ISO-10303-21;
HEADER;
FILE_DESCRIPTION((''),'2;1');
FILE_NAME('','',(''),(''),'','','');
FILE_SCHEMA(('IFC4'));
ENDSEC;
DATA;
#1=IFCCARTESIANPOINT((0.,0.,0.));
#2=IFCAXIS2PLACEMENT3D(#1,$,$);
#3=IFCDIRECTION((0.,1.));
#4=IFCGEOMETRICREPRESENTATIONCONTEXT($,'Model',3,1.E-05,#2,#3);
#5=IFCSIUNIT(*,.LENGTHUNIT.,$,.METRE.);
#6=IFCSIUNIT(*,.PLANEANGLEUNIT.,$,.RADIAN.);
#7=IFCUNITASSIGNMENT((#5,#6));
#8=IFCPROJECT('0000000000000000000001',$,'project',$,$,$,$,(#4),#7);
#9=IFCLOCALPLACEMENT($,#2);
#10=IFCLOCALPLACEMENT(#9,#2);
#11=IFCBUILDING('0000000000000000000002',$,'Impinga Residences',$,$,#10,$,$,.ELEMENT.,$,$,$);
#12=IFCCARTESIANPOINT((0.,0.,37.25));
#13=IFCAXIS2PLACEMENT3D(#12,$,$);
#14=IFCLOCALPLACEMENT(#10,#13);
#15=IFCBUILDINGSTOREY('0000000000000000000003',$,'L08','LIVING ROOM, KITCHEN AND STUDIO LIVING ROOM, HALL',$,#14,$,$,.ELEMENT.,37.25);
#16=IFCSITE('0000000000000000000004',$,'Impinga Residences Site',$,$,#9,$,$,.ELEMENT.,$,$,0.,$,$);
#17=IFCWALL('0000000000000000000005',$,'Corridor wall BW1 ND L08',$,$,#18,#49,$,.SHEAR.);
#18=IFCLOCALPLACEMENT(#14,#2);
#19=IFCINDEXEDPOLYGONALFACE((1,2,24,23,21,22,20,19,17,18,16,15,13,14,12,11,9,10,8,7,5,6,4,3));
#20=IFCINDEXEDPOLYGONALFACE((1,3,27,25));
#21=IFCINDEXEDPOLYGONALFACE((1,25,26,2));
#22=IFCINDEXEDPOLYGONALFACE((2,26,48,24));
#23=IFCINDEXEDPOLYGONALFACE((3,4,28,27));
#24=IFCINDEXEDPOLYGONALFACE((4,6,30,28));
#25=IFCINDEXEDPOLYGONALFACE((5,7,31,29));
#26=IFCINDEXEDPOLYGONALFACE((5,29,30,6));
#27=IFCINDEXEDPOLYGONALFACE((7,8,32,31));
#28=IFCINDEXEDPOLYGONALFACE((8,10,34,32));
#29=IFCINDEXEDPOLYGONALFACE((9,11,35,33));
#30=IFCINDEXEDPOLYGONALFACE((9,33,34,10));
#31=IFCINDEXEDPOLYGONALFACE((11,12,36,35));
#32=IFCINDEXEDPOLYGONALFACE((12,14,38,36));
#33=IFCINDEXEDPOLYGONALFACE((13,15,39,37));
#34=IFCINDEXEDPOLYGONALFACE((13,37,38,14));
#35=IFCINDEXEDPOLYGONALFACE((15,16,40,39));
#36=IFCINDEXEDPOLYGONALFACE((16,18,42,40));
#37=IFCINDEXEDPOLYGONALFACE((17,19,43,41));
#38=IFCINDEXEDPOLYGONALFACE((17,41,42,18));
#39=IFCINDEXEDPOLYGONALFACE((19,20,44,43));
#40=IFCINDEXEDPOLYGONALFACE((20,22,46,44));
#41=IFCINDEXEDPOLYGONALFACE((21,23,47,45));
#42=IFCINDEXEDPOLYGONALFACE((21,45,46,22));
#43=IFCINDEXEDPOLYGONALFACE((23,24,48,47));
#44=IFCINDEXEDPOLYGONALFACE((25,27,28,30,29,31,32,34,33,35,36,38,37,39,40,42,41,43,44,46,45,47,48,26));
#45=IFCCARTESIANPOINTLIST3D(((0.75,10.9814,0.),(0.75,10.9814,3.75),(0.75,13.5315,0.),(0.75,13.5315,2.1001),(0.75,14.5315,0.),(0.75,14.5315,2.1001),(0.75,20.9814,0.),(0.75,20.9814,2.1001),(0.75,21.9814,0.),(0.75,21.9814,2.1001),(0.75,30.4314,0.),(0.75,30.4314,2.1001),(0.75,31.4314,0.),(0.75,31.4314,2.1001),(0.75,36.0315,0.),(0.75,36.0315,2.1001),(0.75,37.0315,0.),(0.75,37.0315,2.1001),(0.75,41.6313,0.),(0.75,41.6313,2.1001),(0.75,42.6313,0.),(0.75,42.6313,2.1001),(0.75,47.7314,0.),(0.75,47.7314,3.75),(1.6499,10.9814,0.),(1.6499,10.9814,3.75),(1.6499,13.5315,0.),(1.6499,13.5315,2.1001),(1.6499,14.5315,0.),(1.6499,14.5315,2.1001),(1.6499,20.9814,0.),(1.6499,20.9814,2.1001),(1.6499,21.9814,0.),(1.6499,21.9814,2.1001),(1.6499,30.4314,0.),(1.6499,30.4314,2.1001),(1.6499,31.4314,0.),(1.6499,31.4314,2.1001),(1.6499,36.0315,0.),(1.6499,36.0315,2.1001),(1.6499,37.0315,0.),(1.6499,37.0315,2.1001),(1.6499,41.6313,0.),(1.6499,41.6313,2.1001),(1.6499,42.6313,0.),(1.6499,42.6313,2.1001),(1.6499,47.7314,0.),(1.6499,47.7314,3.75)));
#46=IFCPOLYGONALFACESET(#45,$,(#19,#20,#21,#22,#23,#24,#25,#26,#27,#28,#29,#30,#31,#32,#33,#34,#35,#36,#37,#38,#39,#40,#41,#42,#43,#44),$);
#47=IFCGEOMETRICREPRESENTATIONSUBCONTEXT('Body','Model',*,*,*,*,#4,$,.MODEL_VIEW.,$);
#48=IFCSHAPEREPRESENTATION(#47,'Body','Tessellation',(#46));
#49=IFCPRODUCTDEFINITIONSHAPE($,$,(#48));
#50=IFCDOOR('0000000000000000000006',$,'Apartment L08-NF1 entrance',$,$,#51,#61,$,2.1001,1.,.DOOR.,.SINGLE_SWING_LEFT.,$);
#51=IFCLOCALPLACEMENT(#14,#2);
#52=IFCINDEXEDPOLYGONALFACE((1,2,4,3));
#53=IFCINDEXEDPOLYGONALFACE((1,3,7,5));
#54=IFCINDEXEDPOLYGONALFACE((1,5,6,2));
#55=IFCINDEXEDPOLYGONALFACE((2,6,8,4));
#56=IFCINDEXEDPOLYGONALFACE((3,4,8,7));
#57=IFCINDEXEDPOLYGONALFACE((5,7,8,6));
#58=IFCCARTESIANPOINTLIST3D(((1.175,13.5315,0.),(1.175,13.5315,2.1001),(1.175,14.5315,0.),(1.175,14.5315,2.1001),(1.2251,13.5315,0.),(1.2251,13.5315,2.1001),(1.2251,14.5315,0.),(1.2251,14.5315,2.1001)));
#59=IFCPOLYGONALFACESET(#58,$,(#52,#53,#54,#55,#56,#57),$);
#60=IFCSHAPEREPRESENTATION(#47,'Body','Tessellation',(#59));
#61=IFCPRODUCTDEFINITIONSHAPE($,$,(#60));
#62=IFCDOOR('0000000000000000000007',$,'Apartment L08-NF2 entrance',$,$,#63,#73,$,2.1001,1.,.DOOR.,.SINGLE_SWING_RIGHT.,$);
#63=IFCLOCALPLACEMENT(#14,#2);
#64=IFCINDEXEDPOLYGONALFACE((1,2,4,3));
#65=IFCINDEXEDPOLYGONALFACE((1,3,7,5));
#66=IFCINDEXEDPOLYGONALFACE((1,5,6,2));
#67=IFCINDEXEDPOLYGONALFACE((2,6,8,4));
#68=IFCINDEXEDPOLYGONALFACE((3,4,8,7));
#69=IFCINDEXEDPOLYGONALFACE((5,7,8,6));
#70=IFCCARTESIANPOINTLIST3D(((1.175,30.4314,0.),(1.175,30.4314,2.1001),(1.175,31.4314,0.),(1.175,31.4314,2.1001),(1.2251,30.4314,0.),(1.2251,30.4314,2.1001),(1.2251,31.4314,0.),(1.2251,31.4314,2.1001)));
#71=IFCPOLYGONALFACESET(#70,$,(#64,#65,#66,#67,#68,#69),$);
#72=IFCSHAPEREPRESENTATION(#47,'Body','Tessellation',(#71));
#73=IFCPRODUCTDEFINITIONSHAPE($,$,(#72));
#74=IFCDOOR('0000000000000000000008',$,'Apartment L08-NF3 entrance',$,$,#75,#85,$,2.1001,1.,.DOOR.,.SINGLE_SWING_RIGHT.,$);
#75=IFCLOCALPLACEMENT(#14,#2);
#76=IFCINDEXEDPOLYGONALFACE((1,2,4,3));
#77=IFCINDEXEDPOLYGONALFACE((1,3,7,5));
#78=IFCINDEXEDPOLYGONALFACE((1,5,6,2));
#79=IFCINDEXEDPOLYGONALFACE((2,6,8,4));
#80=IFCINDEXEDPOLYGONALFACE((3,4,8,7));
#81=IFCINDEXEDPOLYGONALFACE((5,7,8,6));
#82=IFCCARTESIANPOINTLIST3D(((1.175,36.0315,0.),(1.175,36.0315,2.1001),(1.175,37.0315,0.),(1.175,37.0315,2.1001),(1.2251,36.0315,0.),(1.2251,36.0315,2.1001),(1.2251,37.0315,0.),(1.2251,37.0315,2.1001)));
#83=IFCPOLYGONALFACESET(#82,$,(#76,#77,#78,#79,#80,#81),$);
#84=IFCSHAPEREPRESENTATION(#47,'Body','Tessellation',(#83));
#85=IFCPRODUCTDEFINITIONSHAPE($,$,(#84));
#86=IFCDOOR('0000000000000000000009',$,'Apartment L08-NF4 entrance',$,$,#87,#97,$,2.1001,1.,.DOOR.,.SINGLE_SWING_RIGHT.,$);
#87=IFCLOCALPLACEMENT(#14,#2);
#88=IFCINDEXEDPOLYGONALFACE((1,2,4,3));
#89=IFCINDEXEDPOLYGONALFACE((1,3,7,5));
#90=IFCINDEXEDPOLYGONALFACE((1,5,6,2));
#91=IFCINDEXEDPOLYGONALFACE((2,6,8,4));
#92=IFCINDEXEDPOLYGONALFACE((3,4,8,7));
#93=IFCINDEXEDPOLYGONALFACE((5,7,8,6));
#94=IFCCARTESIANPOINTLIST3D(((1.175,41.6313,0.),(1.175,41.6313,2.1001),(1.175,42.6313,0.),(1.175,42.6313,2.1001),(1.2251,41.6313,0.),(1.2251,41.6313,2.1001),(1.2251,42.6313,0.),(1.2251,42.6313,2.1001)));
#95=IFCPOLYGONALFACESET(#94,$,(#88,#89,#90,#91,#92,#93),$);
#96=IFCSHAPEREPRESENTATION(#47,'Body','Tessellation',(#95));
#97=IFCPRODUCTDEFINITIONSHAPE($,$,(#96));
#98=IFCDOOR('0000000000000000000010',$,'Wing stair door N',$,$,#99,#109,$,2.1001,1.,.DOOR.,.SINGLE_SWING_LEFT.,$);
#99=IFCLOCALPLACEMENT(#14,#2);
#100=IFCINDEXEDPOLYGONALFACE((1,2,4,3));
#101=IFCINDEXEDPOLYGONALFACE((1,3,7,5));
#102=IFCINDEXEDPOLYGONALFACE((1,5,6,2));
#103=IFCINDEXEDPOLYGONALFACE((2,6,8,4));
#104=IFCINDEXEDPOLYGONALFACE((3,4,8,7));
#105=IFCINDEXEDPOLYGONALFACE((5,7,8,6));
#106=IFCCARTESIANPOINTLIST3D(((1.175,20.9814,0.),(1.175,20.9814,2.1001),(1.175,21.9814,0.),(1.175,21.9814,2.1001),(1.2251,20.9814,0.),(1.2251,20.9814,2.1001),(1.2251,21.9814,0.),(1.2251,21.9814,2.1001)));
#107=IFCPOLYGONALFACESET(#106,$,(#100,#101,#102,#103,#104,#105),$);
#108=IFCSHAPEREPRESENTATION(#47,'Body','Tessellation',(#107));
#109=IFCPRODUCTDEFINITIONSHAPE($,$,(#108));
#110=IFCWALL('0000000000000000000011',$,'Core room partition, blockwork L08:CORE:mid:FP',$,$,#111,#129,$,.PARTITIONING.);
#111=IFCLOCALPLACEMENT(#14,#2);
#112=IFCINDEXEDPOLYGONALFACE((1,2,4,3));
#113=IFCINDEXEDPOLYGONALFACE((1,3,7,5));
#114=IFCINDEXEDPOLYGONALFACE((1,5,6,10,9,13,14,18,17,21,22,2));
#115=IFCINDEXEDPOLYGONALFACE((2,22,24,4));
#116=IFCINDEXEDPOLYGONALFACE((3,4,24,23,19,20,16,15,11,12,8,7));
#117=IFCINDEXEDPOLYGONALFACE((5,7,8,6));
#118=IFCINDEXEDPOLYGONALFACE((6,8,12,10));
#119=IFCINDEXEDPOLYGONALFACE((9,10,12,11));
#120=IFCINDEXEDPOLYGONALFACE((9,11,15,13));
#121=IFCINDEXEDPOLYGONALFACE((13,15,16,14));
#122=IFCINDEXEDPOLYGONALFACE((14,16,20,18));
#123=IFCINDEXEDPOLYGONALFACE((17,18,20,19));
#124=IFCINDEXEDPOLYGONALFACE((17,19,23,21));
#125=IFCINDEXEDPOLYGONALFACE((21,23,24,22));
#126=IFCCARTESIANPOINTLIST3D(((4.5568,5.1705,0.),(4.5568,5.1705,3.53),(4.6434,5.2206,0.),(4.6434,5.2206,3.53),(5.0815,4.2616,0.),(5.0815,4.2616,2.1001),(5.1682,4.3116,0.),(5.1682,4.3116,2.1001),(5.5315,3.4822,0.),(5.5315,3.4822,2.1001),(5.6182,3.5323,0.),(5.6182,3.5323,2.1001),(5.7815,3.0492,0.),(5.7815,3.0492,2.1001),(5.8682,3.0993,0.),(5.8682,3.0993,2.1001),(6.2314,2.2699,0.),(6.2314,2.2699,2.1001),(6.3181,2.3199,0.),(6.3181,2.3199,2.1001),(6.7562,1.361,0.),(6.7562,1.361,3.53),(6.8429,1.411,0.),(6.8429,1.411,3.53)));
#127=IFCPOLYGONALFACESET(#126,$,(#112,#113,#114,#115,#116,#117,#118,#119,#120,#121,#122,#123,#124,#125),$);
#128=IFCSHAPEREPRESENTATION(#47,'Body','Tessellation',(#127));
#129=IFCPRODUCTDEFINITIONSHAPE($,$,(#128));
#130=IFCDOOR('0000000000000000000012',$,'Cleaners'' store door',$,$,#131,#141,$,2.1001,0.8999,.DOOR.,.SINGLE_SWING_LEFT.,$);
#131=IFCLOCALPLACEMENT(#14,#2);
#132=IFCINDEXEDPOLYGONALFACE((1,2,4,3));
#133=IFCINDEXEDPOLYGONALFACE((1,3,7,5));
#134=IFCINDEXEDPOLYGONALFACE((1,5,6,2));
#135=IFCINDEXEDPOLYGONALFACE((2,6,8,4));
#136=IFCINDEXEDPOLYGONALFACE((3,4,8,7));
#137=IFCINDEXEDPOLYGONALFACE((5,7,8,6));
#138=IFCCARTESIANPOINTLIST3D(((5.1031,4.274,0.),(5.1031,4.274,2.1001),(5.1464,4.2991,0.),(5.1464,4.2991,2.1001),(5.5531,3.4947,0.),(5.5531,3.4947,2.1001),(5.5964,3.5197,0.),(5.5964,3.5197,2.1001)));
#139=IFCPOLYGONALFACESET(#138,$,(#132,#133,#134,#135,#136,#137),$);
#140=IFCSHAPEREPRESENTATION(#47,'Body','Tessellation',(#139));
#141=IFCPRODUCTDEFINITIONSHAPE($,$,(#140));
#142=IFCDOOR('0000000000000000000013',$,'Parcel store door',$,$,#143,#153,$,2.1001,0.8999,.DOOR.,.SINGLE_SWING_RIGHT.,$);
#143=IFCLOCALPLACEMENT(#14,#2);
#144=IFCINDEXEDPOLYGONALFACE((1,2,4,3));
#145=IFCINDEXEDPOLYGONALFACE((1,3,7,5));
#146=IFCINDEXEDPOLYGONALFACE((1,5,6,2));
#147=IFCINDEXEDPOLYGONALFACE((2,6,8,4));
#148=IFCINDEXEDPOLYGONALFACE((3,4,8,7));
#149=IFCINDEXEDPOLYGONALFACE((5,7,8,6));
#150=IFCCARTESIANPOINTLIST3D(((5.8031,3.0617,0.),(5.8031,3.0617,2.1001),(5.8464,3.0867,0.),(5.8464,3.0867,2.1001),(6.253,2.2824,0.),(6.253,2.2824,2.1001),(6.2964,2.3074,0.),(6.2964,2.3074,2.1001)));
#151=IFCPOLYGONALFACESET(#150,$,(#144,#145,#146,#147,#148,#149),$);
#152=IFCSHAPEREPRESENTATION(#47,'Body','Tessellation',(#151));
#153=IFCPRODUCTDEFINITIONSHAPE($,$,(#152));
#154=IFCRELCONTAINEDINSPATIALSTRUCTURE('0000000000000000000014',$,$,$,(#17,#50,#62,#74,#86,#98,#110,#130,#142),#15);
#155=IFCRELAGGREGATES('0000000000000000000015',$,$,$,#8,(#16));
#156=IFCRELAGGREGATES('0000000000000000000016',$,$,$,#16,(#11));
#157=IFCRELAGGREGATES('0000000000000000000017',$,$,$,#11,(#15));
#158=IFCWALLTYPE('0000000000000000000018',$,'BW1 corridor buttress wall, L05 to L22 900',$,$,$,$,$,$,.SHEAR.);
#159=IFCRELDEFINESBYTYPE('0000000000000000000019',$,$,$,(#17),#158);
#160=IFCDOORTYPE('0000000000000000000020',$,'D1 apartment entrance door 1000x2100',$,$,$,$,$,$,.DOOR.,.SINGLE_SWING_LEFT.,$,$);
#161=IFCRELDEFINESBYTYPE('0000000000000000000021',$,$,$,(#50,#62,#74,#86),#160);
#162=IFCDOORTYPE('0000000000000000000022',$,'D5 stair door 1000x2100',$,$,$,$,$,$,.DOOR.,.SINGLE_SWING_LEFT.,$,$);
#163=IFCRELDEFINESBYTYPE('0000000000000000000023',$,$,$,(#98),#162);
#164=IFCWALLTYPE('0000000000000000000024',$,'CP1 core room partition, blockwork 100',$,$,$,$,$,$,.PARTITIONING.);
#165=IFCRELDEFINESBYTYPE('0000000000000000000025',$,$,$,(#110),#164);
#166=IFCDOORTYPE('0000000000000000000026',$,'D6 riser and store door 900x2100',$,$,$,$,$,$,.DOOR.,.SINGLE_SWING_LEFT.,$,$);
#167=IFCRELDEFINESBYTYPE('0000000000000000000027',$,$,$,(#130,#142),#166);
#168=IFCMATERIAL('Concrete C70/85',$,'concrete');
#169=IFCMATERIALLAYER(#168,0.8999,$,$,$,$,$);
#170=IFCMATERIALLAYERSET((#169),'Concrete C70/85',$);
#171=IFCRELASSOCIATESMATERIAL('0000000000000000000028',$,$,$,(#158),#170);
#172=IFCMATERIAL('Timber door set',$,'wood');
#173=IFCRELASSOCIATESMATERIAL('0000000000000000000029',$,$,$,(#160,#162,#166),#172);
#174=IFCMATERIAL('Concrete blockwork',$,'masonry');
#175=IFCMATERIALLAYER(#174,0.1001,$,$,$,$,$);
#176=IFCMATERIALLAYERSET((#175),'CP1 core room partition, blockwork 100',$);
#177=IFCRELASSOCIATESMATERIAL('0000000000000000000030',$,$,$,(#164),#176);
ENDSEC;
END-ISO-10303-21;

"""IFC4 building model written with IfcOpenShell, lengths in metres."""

from ifc_helpers import new_model, si_unit, direction, frame, frame_2d, origin, place, context, subcontext, project, spatial, rectangle, extrude, material, layer, layer_set, type_object, element, fill, save


model = new_model("IFC4")

# Units and contexts
model_context = context("Model", 3, precision=1e-05, world=origin(), true_north=direction((0.0, 1.0)))
body_context = subcontext(model_context, "Body", "Model", "MODEL_VIEW")
ifc_project = project(units=[si_unit("LENGTHUNIT", "METRE"), si_unit("PLANEANGLEUNIT", "RADIAN")], contexts=[model_context])

# Site, building, storey
site_placement = place(None, origin())
site = spatial("IfcSite", under=ifc_project, at=site_placement, Name="Impinga Residences Site", CompositionType="ELEMENT", RefElevation=0.0)
building_placement = place(site_placement, origin())
building = spatial("IfcBuilding", under=site, at=building_placement, Name="Impinga Residences", CompositionType="ELEMENT")
storey_placement = place(building_placement, frame((0.0, 0.0, 37.25)))
storey = spatial("IfcBuildingStorey", under=building, at=storey_placement, Name="L08", Description="LIVING ROOM, KITCHEN AND STUDIO LIVING ROOM, HALL", CompositionType="ELEMENT", Elevation=37.25)

# Walls, openings, doors
ifc_material_1 = material(Name="Concrete C70/85", Category="concrete")
ifc_layer_1 = layer(ifc_material_1, 0.8999)
ifc_layer_set_1 = layer_set([ifc_layer_1], Name="Concrete C70/85")
wall_type_1 = type_object("IfcWallType", Name="BW1 corridor buttress wall, L05 to L22 900", PredefinedType="SHEAR", material=ifc_layer_set_1)
wall_1_placement = place(storey_placement, frame((1.2, 10.9814, 0.0), z_axis=(0.0, 0.0, 1.0), x_axis=(0.0, 1.0, 0.0)))
wall_1 = element("IfcWall", 1, at=wall_1_placement, inside=storey, type_object=wall_type_1, Name="Corridor wall BW1 ND L08", PredefinedType="SHEAR", context=body_context, shape_type="SweptSolid", body=[
    extrude(rectangle(XDim=36.75, YDim=0.8999, at=frame_2d((18.375, 0.0))), origin(), (0.0, 0.0, 1.0), 3.75),
])
opening_1_placement = place(wall_1_placement, frame((10.0, 0.0, 0.0)))
opening_1 = element("IfcOpeningElement", 2, at=opening_1_placement, cuts=wall_1, PredefinedType="OPENING", context=body_context, shape_type="SweptSolid", body=[
    extrude(rectangle(XDim=1.0, YDim=2.1001, at=frame_2d((0.5, 1.05))), frame((0.0, 0.46, 0.0), z_axis=(0.0, -1.0, 0.0), x_axis=(1.0, 0.0, 0.0)), (0.0, 0.0, 1.0), 0.9199),
])
opening_2_placement = place(wall_1_placement, frame((2.55, 0.0, 0.0)))
opening_2 = element("IfcOpeningElement", 3, at=opening_2_placement, cuts=wall_1, PredefinedType="OPENING", context=body_context, shape_type="SweptSolid", body=[
    extrude(rectangle(XDim=1.0, YDim=2.1001, at=frame_2d((0.5, 1.05))), frame((0.0, 0.46, 0.0), z_axis=(0.0, -1.0, 0.0), x_axis=(1.0, 0.0, 0.0)), (0.0, 0.0, 1.0), 0.9199),
])
opening_3_placement = place(wall_1_placement, frame((19.45, 0.0, 0.0)))
opening_3 = element("IfcOpeningElement", 4, at=opening_3_placement, cuts=wall_1, PredefinedType="OPENING", context=body_context, shape_type="SweptSolid", body=[
    extrude(rectangle(XDim=1.0, YDim=2.1001, at=frame_2d((0.5, 1.05))), frame((0.0, 0.46, 0.0), z_axis=(0.0, -1.0, 0.0), x_axis=(1.0, 0.0, 0.0)), (0.0, 0.0, 1.0), 0.9199),
])
opening_4_placement = place(wall_1_placement, frame((25.05, 0.0, 0.0)))
opening_4 = element("IfcOpeningElement", 5, at=opening_4_placement, cuts=wall_1, PredefinedType="OPENING", context=body_context, shape_type="SweptSolid", body=[
    extrude(rectangle(XDim=1.0, YDim=2.1001, at=frame_2d((0.5, 1.05))), frame((0.0, 0.46, 0.0), z_axis=(0.0, -1.0, 0.0), x_axis=(1.0, 0.0, 0.0)), (0.0, 0.0, 1.0), 0.9199),
])
opening_5_placement = place(wall_1_placement, frame((30.6499, 0.0, 0.0)))
opening_5 = element("IfcOpeningElement", 6, at=opening_5_placement, cuts=wall_1, PredefinedType="OPENING", context=body_context, shape_type="SweptSolid", body=[
    extrude(rectangle(XDim=1.0, YDim=2.1001, at=frame_2d((0.5, 1.05))), frame((0.0, 0.46, 0.0), z_axis=(0.0, -1.0, 0.0), x_axis=(1.0, 0.0, 0.0)), (0.0, 0.0, 1.0), 0.9199),
])
ifc_material_2 = material(Name="Timber door set", Category="wood")
door_type_1 = type_object("IfcDoorType", Name="D1 apartment entrance door 1000x2100", OperationType="SINGLE_SWING_LEFT", PredefinedType="DOOR", material=ifc_material_2)
door_1_placement = place(opening_2_placement, origin())
door_1 = element("IfcDoor", 7, at=door_1_placement, inside=storey, type_object=door_type_1, Name="Apartment L08-NF1 entrance", OperationType="SINGLE_SWING_LEFT", OverallHeight=2.1001, OverallWidth=1.0, PredefinedType="DOOR", context=body_context, shape_type="SweptSolid", body=[
    extrude(rectangle(XDim=1.0, YDim=2.1001, at=frame_2d((0.5, 1.05))), frame((0.0, 0.0249, 0.0), z_axis=(0.0, -1.0, 0.0), x_axis=(1.0, 0.0, 0.0)), (0.0, 0.0, 1.0), 0.05),
])
fill(opening_2, door_1)
door_2_placement = place(opening_3_placement, origin())
door_2 = element("IfcDoor", 8, at=door_2_placement, inside=storey, type_object=door_type_1, Name="Apartment L08-NF2 entrance", OperationType="SINGLE_SWING_RIGHT", OverallHeight=2.1001, OverallWidth=1.0, PredefinedType="DOOR", context=body_context, shape_type="SweptSolid", body=[
    extrude(rectangle(XDim=1.0, YDim=2.1001, at=frame_2d((0.5, 1.05))), frame((0.0, 0.0249, 0.0), z_axis=(0.0, -1.0, 0.0), x_axis=(1.0, 0.0, 0.0)), (0.0, 0.0, 1.0), 0.05),
])
fill(opening_3, door_2)
door_3_placement = place(opening_4_placement, origin())
door_3 = element("IfcDoor", 9, at=door_3_placement, inside=storey, type_object=door_type_1, Name="Apartment L08-NF3 entrance", OperationType="SINGLE_SWING_RIGHT", OverallHeight=2.1001, OverallWidth=1.0, PredefinedType="DOOR", context=body_context, shape_type="SweptSolid", body=[
    extrude(rectangle(XDim=1.0, YDim=2.1001, at=frame_2d((0.5, 1.05))), frame((0.0, 0.0249, 0.0), z_axis=(0.0, -1.0, 0.0), x_axis=(1.0, 0.0, 0.0)), (0.0, 0.0, 1.0), 0.05),
])
fill(opening_4, door_3)
door_4_placement = place(opening_5_placement, origin())
door_4 = element("IfcDoor", 10, at=door_4_placement, inside=storey, type_object=door_type_1, Name="Apartment L08-NF4 entrance", OperationType="SINGLE_SWING_RIGHT", OverallHeight=2.1001, OverallWidth=1.0, PredefinedType="DOOR", context=body_context, shape_type="SweptSolid", body=[
    extrude(rectangle(XDim=1.0, YDim=2.1001, at=frame_2d((0.5, 1.05))), frame((0.0, 0.0249, 0.0), z_axis=(0.0, -1.0, 0.0), x_axis=(1.0, 0.0, 0.0)), (0.0, 0.0, 1.0), 0.05),
])
fill(opening_5, door_4)
door_type_2 = type_object("IfcDoorType", Name="D5 stair door 1000x2100", OperationType="SINGLE_SWING_LEFT", PredefinedType="DOOR", material=ifc_material_2)
door_5_placement = place(opening_1_placement, origin())
door_5 = element("IfcDoor", 11, at=door_5_placement, inside=storey, type_object=door_type_2, Name="Wing stair door N", OperationType="SINGLE_SWING_LEFT", OverallHeight=2.1001, OverallWidth=1.0, PredefinedType="DOOR", context=body_context, shape_type="SweptSolid", body=[
    extrude(rectangle(XDim=1.0, YDim=2.1001, at=frame_2d((0.5, 1.05))), frame((0.0, 0.0249, 0.0), z_axis=(0.0, -1.0, 0.0), x_axis=(1.0, 0.0, 0.0)), (0.0, 0.0, 1.0), 0.05),
])
fill(opening_1, door_5)
ifc_material_3 = material(Name="Concrete blockwork", Category="masonry")
ifc_layer_2 = layer(ifc_material_3, 0.1001)
ifc_layer_set_2 = layer_set([ifc_layer_2], Name="CP1 core room partition, blockwork 100")
wall_type_2 = type_object("IfcWallType", Name="CP1 core room partition, blockwork 100", PredefinedType="PARTITIONING", material=ifc_layer_set_2)
wall_2_placement = place(storey_placement, frame((4.6001, 5.1956, 0.0), z_axis=(0.0, 0.0, 1.0), x_axis=(0.500001, -0.866025, 0.0)))
wall_2 = element("IfcWall", 12, at=wall_2_placement, inside=storey, type_object=wall_type_2, Name="Core room partition, blockwork L08:CORE:mid:FP", PredefinedType="PARTITIONING", context=body_context, shape_type="SweptSolid", body=[
    extrude(rectangle(XDim=4.3989, YDim=0.1001, at=frame_2d((2.1995, 0.0))), origin(), (0.0, 0.0, 1.0), 3.53),
])
opening_6_placement = place(wall_2_placement, frame((1.0496, 0.0, 0.0)))
opening_6 = element("IfcOpeningElement", 13, at=opening_6_placement, cuts=wall_2, PredefinedType="OPENING", context=body_context, shape_type="SweptSolid", body=[
    extrude(rectangle(XDim=0.8999, YDim=2.1001, at=frame_2d((0.45, 1.05))), frame((0.0, 0.0601, 0.0), z_axis=(0.0, -1.0, 0.0), x_axis=(1.0, 0.0, 0.0)), (0.0, 0.0, 1.0), 0.1201),
])
opening_7_placement = place(wall_2_placement, frame((2.4495, 0.0, 0.0)))
opening_7 = element("IfcOpeningElement", 14, at=opening_7_placement, cuts=wall_2, PredefinedType="OPENING", context=body_context, shape_type="SweptSolid", body=[
    extrude(rectangle(XDim=0.8999, YDim=2.1001, at=frame_2d((0.45, 1.05))), frame((0.0, 0.0601, 0.0), z_axis=(0.0, -1.0, 0.0), x_axis=(1.0, 0.0, 0.0)), (0.0, 0.0, 1.0), 0.1201),
])
door_type_3 = type_object("IfcDoorType", Name="D6 riser and store door 900x2100", OperationType="SINGLE_SWING_LEFT", PredefinedType="DOOR", material=ifc_material_2)
door_6_placement = place(opening_6_placement, origin())
door_6 = element("IfcDoor", 15, at=door_6_placement, inside=storey, type_object=door_type_3, Name="Cleaners' store door", OperationType="SINGLE_SWING_LEFT", OverallHeight=2.1001, OverallWidth=0.8999, PredefinedType="DOOR", context=body_context, shape_type="SweptSolid", body=[
    extrude(rectangle(XDim=0.8999, YDim=2.1001, at=frame_2d((0.45, 1.05))), frame((0.0, 0.0249, 0.0), z_axis=(0.0, -1.0, 0.0), x_axis=(1.0, 0.0, 0.0)), (0.0, 0.0, 1.0), 0.05),
])
fill(opening_6, door_6)
door_7_placement = place(opening_7_placement, origin())
door_7 = element("IfcDoor", 16, at=door_7_placement, inside=storey, type_object=door_type_3, Name="Parcel store door", OperationType="SINGLE_SWING_RIGHT", OverallHeight=2.1001, OverallWidth=0.8999, PredefinedType="DOOR", context=body_context, shape_type="SweptSolid", body=[
    extrude(rectangle(XDim=0.8999, YDim=2.1001, at=frame_2d((0.45, 1.05))), frame((0.0, 0.0249, 0.0), z_axis=(0.0, -1.0, 0.0), x_axis=(1.0, 0.0, 0.0)), (0.0, 0.0, 1.0), 0.05),
])
fill(opening_7, door_7)

save(model, "model.ifc")
